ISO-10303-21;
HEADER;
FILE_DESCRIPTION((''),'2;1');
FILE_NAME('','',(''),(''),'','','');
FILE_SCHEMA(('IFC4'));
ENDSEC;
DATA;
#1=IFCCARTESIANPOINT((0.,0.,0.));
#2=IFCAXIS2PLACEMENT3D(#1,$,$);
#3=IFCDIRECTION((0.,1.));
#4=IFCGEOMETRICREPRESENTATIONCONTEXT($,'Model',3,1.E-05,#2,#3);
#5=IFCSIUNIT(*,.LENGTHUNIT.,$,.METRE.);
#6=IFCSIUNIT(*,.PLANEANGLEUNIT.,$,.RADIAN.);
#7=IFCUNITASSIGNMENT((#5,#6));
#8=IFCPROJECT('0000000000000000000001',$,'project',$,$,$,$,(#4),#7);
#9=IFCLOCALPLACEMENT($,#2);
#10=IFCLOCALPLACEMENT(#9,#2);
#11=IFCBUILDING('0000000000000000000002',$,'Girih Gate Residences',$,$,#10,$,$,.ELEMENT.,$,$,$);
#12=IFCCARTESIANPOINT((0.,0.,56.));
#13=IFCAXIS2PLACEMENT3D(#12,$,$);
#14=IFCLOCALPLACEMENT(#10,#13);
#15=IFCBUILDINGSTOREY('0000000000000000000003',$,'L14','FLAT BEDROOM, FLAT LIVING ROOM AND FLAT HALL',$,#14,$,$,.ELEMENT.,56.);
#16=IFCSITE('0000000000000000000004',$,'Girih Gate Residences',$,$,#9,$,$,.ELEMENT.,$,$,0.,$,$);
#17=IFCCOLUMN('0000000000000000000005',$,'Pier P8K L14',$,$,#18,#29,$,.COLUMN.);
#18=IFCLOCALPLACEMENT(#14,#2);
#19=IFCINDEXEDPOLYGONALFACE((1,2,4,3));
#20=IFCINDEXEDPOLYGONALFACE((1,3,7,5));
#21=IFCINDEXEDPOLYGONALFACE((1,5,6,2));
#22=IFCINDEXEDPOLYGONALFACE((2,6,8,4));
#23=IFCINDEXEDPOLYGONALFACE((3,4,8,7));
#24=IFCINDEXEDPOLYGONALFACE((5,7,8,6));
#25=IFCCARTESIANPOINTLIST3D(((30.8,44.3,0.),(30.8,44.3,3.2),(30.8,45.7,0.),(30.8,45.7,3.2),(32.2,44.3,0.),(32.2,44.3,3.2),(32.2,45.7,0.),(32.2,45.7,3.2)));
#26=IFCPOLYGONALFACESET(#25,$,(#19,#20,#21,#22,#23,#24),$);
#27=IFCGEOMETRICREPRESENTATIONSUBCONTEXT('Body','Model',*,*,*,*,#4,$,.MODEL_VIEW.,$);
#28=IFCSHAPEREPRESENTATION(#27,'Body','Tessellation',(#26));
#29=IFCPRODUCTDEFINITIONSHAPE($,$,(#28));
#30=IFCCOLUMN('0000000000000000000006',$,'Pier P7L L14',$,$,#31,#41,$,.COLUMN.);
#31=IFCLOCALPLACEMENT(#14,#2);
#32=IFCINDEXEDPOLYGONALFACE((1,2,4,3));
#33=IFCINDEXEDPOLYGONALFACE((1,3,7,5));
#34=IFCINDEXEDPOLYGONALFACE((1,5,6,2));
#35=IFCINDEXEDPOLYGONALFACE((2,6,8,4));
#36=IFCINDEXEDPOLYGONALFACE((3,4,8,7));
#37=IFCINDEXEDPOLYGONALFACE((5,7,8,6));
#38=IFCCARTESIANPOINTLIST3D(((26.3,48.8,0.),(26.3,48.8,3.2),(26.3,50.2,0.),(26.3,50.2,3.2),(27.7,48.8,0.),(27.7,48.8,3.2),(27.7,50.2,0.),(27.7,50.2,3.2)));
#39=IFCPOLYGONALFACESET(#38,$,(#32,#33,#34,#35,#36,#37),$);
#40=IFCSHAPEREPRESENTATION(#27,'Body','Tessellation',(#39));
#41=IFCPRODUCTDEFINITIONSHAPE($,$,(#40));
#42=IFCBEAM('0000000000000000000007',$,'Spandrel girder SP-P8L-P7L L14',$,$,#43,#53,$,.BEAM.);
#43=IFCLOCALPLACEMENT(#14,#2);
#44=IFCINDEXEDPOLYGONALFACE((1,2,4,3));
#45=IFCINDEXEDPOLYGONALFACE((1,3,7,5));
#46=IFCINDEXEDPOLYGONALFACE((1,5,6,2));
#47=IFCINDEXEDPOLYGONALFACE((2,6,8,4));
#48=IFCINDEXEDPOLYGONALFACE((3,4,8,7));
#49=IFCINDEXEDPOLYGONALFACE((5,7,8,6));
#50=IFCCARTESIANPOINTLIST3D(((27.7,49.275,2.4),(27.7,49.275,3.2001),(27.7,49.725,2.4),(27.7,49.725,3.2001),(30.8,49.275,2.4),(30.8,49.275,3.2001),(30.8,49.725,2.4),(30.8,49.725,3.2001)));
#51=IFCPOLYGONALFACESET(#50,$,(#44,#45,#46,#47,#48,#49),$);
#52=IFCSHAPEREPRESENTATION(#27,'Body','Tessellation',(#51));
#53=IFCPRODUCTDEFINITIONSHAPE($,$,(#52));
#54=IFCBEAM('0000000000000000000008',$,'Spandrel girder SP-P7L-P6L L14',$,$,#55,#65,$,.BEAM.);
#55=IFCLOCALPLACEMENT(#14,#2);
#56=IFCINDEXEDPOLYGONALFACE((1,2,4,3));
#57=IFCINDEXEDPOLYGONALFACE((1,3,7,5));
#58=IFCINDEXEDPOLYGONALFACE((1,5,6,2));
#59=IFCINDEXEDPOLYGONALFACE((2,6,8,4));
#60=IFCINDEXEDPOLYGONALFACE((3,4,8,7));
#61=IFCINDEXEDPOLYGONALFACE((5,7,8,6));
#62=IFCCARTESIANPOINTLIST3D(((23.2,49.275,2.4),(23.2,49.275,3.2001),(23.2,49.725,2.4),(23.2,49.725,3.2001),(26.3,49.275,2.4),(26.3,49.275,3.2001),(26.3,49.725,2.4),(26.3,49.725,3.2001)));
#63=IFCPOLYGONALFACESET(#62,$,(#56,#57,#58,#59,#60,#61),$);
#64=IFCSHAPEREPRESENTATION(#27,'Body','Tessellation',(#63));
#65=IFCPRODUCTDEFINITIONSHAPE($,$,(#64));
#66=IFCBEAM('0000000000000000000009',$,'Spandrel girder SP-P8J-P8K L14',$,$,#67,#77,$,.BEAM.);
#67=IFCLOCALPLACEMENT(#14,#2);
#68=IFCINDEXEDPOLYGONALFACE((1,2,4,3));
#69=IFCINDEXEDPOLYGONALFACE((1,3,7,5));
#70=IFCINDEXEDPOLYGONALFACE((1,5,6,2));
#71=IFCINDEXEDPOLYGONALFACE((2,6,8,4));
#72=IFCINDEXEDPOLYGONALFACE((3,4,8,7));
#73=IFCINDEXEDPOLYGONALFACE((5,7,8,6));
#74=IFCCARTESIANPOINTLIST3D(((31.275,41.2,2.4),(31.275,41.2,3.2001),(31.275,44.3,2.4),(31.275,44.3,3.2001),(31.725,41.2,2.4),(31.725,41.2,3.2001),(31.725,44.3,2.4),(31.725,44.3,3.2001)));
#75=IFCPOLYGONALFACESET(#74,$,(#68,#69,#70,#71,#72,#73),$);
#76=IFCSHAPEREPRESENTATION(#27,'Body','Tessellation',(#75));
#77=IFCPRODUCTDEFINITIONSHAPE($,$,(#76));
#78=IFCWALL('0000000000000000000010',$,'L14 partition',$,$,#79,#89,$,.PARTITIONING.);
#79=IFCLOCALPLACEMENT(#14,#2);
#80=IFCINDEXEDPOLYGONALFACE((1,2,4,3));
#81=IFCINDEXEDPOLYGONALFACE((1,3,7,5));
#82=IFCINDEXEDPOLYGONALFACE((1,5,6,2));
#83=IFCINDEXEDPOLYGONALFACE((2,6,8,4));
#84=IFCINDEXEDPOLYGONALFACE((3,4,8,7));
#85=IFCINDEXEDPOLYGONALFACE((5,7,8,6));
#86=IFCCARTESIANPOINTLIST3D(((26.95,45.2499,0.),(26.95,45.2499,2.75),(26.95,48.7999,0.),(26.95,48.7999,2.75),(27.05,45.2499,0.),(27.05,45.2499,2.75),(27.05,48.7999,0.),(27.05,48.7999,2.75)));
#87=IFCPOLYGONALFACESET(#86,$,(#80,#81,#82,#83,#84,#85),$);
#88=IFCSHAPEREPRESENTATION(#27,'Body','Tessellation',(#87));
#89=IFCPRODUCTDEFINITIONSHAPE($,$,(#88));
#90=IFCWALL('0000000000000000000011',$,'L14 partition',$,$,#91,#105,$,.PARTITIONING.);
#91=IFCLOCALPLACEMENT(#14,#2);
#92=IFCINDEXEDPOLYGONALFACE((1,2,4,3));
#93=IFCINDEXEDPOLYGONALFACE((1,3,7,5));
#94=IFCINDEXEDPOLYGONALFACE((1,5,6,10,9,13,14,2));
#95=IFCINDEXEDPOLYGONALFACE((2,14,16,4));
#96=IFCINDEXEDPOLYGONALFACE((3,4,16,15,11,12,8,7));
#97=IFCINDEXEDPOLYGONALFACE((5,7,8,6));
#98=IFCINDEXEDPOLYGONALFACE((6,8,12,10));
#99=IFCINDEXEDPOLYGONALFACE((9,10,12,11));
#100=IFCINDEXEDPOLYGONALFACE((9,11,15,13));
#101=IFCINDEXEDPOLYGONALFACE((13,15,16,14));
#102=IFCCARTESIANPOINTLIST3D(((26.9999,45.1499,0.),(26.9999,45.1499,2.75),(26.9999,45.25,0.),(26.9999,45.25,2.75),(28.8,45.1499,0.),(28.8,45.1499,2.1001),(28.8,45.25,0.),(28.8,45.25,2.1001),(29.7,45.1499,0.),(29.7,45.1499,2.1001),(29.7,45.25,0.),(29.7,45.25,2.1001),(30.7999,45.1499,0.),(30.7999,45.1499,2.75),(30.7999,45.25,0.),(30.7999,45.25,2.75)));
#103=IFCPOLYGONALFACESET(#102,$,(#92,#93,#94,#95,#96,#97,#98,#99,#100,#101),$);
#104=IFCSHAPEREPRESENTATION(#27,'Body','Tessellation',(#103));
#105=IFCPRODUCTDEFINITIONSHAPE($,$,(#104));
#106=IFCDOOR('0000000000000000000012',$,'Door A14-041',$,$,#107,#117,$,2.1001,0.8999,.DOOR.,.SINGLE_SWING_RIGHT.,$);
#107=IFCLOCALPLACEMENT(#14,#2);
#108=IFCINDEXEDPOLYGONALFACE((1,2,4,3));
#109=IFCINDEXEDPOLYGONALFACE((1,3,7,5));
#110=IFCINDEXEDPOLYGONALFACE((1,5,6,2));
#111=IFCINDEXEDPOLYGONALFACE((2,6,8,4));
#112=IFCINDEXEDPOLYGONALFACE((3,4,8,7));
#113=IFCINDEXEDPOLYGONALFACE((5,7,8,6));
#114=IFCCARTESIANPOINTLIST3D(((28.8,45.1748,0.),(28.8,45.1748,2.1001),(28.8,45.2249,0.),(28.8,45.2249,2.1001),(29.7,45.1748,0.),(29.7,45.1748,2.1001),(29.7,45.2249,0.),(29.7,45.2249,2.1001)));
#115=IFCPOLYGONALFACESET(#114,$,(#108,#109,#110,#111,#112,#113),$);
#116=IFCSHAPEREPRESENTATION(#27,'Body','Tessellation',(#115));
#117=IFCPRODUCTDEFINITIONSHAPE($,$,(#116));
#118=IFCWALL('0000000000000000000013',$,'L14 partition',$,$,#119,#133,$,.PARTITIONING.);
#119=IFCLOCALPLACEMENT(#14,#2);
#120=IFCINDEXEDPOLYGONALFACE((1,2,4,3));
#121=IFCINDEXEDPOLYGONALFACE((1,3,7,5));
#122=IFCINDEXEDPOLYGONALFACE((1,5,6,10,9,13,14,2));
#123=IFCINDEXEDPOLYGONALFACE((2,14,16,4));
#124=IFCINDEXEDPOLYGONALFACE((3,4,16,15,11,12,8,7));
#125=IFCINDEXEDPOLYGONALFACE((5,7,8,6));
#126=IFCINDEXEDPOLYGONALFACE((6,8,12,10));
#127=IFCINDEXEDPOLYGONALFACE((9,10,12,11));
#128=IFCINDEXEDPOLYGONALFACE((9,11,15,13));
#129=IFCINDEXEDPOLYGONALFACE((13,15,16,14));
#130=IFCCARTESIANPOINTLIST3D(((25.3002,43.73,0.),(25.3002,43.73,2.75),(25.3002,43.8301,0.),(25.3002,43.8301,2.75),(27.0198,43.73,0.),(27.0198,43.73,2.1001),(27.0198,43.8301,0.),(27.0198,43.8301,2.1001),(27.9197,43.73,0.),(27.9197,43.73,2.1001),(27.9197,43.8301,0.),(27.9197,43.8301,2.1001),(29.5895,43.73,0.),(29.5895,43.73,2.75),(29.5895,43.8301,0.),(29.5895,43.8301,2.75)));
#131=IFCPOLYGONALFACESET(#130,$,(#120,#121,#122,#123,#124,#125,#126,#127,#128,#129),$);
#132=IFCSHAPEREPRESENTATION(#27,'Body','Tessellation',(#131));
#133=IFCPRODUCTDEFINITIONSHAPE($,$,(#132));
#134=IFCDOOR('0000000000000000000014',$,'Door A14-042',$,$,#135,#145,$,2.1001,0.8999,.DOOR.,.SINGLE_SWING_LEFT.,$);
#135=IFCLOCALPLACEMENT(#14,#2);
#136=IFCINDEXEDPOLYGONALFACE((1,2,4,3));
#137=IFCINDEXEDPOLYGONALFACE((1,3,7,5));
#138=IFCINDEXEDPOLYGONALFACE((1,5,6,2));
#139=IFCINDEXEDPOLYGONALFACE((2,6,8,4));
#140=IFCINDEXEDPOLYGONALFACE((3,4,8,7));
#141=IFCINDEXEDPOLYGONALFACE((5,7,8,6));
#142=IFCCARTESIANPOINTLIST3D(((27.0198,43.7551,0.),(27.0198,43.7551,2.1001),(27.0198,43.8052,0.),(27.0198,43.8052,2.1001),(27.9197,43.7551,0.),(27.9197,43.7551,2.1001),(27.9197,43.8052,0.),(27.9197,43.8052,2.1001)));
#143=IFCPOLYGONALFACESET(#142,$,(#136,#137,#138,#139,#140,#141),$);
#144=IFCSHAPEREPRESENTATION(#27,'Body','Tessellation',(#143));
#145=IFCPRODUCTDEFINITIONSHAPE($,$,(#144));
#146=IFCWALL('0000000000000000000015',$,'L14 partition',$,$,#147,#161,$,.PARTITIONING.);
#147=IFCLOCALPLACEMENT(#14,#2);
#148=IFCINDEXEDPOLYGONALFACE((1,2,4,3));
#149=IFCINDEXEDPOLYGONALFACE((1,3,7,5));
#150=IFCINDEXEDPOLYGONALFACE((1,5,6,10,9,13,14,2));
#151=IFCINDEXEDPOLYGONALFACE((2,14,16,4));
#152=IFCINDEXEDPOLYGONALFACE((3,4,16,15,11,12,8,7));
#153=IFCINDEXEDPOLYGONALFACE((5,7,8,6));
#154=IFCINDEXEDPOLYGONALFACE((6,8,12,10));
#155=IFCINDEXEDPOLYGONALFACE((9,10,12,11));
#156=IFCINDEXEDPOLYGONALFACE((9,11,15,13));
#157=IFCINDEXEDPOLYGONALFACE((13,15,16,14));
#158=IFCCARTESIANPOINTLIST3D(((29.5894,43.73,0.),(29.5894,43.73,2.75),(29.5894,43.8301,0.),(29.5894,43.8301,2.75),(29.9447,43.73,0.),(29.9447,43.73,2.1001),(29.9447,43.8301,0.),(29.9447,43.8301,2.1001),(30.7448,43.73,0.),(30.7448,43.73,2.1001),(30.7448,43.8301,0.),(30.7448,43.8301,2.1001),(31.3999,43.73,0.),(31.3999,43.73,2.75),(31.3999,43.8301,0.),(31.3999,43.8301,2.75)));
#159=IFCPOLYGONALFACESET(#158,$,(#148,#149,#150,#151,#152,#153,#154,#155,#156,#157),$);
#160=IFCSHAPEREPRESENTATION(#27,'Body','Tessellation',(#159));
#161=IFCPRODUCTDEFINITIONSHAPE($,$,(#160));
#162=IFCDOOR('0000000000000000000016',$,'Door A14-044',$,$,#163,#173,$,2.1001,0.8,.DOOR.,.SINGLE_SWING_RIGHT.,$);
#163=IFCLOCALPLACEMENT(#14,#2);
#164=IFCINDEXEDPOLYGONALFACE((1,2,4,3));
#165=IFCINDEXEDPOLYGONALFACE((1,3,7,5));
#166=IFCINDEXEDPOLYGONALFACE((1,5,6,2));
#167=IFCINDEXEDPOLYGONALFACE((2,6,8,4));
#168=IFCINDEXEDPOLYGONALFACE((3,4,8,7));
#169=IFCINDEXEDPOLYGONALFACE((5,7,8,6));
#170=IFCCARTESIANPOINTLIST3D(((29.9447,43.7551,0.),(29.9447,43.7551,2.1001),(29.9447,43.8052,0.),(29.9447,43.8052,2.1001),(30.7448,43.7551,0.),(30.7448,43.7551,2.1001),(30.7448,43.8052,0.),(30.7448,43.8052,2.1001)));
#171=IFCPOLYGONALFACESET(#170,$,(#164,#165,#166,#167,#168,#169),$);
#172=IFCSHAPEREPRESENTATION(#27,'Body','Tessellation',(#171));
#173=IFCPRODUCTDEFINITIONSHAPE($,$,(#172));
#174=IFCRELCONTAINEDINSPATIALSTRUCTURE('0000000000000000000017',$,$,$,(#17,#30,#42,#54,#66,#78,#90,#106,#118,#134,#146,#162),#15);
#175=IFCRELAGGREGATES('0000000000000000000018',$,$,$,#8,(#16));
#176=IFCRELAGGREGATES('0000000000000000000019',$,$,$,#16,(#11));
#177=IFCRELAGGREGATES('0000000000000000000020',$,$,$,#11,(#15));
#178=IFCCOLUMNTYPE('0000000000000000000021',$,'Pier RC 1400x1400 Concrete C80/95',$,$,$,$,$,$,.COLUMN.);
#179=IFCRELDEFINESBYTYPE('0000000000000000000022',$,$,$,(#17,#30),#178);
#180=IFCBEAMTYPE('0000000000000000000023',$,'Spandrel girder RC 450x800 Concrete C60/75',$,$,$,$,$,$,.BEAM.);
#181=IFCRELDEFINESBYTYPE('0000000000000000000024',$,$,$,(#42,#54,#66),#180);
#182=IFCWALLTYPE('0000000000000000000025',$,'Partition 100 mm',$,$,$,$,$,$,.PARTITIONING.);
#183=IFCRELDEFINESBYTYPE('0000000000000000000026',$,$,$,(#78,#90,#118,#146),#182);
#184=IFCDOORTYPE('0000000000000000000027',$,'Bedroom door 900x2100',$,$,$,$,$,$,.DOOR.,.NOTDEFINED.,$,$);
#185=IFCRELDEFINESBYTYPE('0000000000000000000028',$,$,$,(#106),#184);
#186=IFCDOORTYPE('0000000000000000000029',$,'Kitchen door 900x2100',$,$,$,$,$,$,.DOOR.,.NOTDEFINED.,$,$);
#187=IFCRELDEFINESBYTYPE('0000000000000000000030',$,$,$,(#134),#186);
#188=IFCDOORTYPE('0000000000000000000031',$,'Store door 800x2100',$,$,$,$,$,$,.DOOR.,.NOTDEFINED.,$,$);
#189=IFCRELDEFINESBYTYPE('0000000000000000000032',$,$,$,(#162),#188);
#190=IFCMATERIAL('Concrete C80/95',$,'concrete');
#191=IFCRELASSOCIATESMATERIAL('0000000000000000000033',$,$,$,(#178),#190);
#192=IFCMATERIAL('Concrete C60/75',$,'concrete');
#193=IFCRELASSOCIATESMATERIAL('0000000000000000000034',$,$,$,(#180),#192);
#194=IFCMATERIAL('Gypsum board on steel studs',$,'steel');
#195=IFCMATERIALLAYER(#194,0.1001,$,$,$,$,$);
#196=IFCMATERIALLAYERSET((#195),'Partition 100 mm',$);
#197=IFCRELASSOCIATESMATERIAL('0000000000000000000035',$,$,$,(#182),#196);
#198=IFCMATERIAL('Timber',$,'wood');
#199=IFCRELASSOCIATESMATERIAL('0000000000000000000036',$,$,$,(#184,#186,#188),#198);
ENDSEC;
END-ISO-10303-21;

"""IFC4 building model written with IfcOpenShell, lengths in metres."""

from ifc_helpers import new_model, si_unit, direction, frame, frame_2d, origin, origin_2d, place, context, subcontext, project, spatial, rectangle, extrude, material, layer, layer_set, material_profile, profile_set, type_object, element, fill, save


model = new_model("IFC4")

# Units and contexts
model_context = context("Model", 3, precision=1e-05, world=origin(), true_north=direction((0.0, 1.0)))
body_context = subcontext(model_context, "Body", "Model", "MODEL_VIEW")
ifc_project = project(units=[si_unit("LENGTHUNIT", "METRE"), si_unit("PLANEANGLEUNIT", "RADIAN")], contexts=[model_context])

# Site, building, storey
site_placement = place(None, origin())
site = spatial("IfcSite", under=ifc_project, at=site_placement, Name="Girih Gate Residences", CompositionType="ELEMENT", RefElevation=0.0)
building_placement = place(site_placement, origin())
building = spatial("IfcBuilding", under=site, at=building_placement, Name="Girih Gate Residences", CompositionType="ELEMENT")
storey_placement = place(building_placement, frame((0.0, 0.0, 56.0)))
storey = spatial("IfcBuildingStorey", under=building, at=storey_placement, Name="L14", Description="FLAT BEDROOM, FLAT LIVING ROOM AND FLAT HALL", CompositionType="ELEMENT", Elevation=56.0)

# Columns
ifc_material_1 = material(Name="Concrete C80/95", Category="concrete")
ifc_material_profile_1 = material_profile(ifc_material_1, rectangle(XDim=1.3999, YDim=1.3999, at=origin_2d()))
ifc_profile_set_1 = profile_set([ifc_material_profile_1], Name="Concrete C80/95")
column_type = type_object("IfcColumnType", Name="Pier RC 1400x1400 Concrete C80/95", PredefinedType="COLUMN", material=ifc_profile_set_1)
for number, where, z_axis, x_axis, name in (
    (1, (31.5, 45.0, 0.0), (0.0, 0.0, 1.0), (1.0, 0.0, 0.0), "Pier P8K L14"),
    (2, (27.0, 49.5, 0.0), (0.0, 0.0, 1.0), (1.0, 0.0, 0.0), "Pier P7L L14"),
):
    element("IfcColumn", number, at=place(storey_placement, frame(where, z_axis=z_axis, x_axis=x_axis)), inside=storey, type_object=column_type, Name=name, PredefinedType="COLUMN", context=body_context, shape_type="SweptSolid", body=[
        extrude(rectangle(XDim=1.3999, YDim=1.3999, at=origin_2d()), origin(), (0.0, 0.0, 1.0), 3.2),
    ])

# Beams
ifc_material_2 = material(Name="Concrete C60/75", Category="concrete")
ifc_material_profile_2 = material_profile(ifc_material_2, rectangle(XDim=0.45, YDim=0.8, at=origin_2d()))
ifc_profile_set_2 = profile_set([ifc_material_profile_2], Name="Concrete C60/75")
beam_type = type_object("IfcBeamType", Name="Spandrel girder RC 450x800 Concrete C60/75", PredefinedType="BEAM", material=ifc_profile_set_2)
for number, where, z_axis, x_axis, name in (
    (3, (30.8, 49.5, 2.8), (-1.0, 0.0, 0.0), (0.0, -1.0, 0.0), "Spandrel girder SP-P8L-P7L L14"),
    (4, (26.3, 49.5, 2.8), (-1.0, 0.0, 0.0), (0.0, -1.0, 0.0), "Spandrel girder SP-P7L-P6L L14"),
    (5, (31.5, 41.2, 2.8), (0.0, 1.0, 0.0), (-1.0, 0.0, 0.0), "Spandrel girder SP-P8J-P8K L14"),
):
    element("IfcBeam", number, at=place(storey_placement, frame(where, z_axis=z_axis, x_axis=x_axis)), inside=storey, type_object=beam_type, Name=name, PredefinedType="BEAM", context=body_context, shape_type="SweptSolid", body=[
        extrude(rectangle(XDim=0.45, YDim=0.8, at=origin_2d()), origin(), (0.0, 0.0, 1.0), 3.1001),
    ])

# Wall
ifc_material_3 = material(Name="Gypsum board on steel studs", Category="steel")
ifc_layer_1 = layer(ifc_material_3, 0.1001)
ifc_layer_set_1 = layer_set([ifc_layer_1], Name="Partition 100 mm")
wall_type_1 = type_object("IfcWallType", Name="Partition 100 mm", PredefinedType="PARTITIONING", material=ifc_layer_set_1)
wall_1_placement = place(storey_placement, frame((27.0, 45.25, 0.0), z_axis=(0.0, 0.0, 1.0), x_axis=(0.0, 1.0, 0.0)))
element("IfcWall", 6, at=wall_1_placement, inside=storey, type_object=wall_type_1, Name="L14 partition", PredefinedType="PARTITIONING", context=body_context, shape_type="SweptSolid", body=[
    extrude(rectangle(XDim=3.55, YDim=0.1001, at=frame_2d((1.7749, 0.0))), origin(), (0.0, 0.0, 1.0), 2.75),
])

# Walls, openings, doors
wall_2_placement = place(storey_placement, frame((27.0, 45.2, 0.0), z_axis=(0.0, 0.0, 1.0), x_axis=(1.0, 0.0, 0.0)))
wall_2 = element("IfcWall", 7, at=wall_2_placement, inside=storey, type_object=wall_type_1, Name="L14 partition", PredefinedType="PARTITIONING", context=body_context, shape_type="SweptSolid", body=[
    extrude(rectangle(XDim=3.8, YDim=0.1001, at=frame_2d((1.8999, 0.0))), origin(), (0.0, 0.0, 1.0), 2.75),
])
opening_1_placement = place(wall_2_placement, frame((1.8, 0.0, 0.0)))
opening_1 = element("IfcOpeningElement", 8, at=opening_1_placement, cuts=wall_2, PredefinedType="OPENING", context=body_context, shape_type="SweptSolid", body=[
    extrude(rectangle(XDim=0.8999, YDim=2.1001, at=frame_2d((0.45, 1.05))), frame((0.0, 0.0601, 0.0), z_axis=(0.0, -1.0, 0.0), x_axis=(1.0, 0.0, 0.0)), (0.0, 0.0, 1.0), 0.1201),
])
ifc_material_4 = material(Name="Timber", Category="wood")
door_type_1 = type_object("IfcDoorType", Name="Bedroom door 900x2100", OperationType="NOTDEFINED", PredefinedType="DOOR", material=ifc_material_4)
door_1_placement = place(opening_1_placement, origin())
door_1 = element("IfcDoor", 9, at=door_1_placement, inside=storey, type_object=door_type_1, Name="Door A14-041", OperationType="SINGLE_SWING_RIGHT", OverallHeight=2.1001, OverallWidth=0.8999, PredefinedType="DOOR", context=body_context, shape_type="SweptSolid", body=[
    extrude(rectangle(XDim=0.8999, YDim=2.1001, at=frame_2d((0.45, 1.05))), frame((0.0, 0.0249, 0.0), z_axis=(0.0, -1.0, 0.0), x_axis=(1.0, 0.0, 0.0)), (0.0, 0.0, 1.0), 0.05),
])
fill(opening_1, door_1)
wall_3_placement = place(storey_placement, frame((29.5894, 43.78, 0.0), z_axis=(0.0, 0.0, 1.0), x_axis=(-1.0, 0.0, 0.0)))
wall_3 = element("IfcWall", 10, at=wall_3_placement, inside=storey, type_object=wall_type_1, Name="L14 partition", PredefinedType="PARTITIONING", context=body_context, shape_type="SweptSolid", body=[
    extrude(rectangle(XDim=4.2893, YDim=0.1001, at=frame_2d((2.1445, 0.0))), origin(), (0.0, 0.0, 1.0), 2.75),
])
opening_2_placement = place(wall_3_placement, frame((1.6697, 0.0, 0.0)))
opening_2 = element("IfcOpeningElement", 11, at=opening_2_placement, cuts=wall_3, PredefinedType="OPENING", context=body_context, shape_type="SweptSolid", body=[
    extrude(rectangle(XDim=0.8999, YDim=2.1001, at=frame_2d((0.45, 1.05))), frame((0.0, 0.0601, 0.0), z_axis=(0.0, -1.0, 0.0), x_axis=(1.0, 0.0, 0.0)), (0.0, 0.0, 1.0), 0.1201),
])
door_type_2 = type_object("IfcDoorType", Name="Kitchen door 900x2100", OperationType="NOTDEFINED", PredefinedType="DOOR", material=ifc_material_4)
door_2_placement = place(opening_2_placement, origin())
door_2 = element("IfcDoor", 12, at=door_2_placement, inside=storey, type_object=door_type_2, Name="Door A14-042", OperationType="SINGLE_SWING_LEFT", OverallHeight=2.1001, OverallWidth=0.8999, PredefinedType="DOOR", context=body_context, shape_type="SweptSolid", body=[
    extrude(rectangle(XDim=0.8999, YDim=2.1001, at=frame_2d((0.45, 1.05))), frame((0.0, 0.0249, 0.0), z_axis=(0.0, -1.0, 0.0), x_axis=(1.0, 0.0, 0.0)), (0.0, 0.0, 1.0), 0.05),
])
fill(opening_2, door_2)
wall_4_placement = place(storey_placement, frame((31.3999, 43.78, 0.0), z_axis=(0.0, 0.0, 1.0), x_axis=(-1.0, 0.0, 0.0)))
wall_4 = element("IfcWall", 13, at=wall_4_placement, inside=storey, type_object=wall_type_1, Name="L14 partition", PredefinedType="PARTITIONING", context=body_context, shape_type="SweptSolid", body=[
    extrude(rectangle(XDim=1.8105, YDim=0.1001, at=frame_2d((0.9053, 0.0))), origin(), (0.0, 0.0, 1.0), 2.75),
])
opening_3_placement = place(wall_4_placement, frame((0.6553, 0.0, 0.0)))
opening_3 = element("IfcOpeningElement", 14, at=opening_3_placement, cuts=wall_4, PredefinedType="OPENING", context=body_context, shape_type="SweptSolid", body=[
    extrude(rectangle(XDim=0.8, YDim=2.1001, at=frame_2d((0.3999, 1.05))), frame((0.0, 0.0601, 0.0), z_axis=(0.0, -1.0, 0.0), x_axis=(1.0, 0.0, 0.0)), (0.0, 0.0, 1.0), 0.1201),
])
door_type_3 = type_object("IfcDoorType", Name="Store door 800x2100", OperationType="NOTDEFINED", PredefinedType="DOOR", material=ifc_material_4)
door_3_placement = place(opening_3_placement, origin())
door_3 = element("IfcDoor", 15, at=door_3_placement, inside=storey, type_object=door_type_3, Name="Door A14-044", OperationType="SINGLE_SWING_RIGHT", OverallHeight=2.1001, OverallWidth=0.8, PredefinedType="DOOR", context=body_context, shape_type="SweptSolid", body=[
    extrude(rectangle(XDim=0.8, YDim=2.1001, at=frame_2d((0.3999, 1.05))), frame((0.0, 0.0249, 0.0), z_axis=(0.0, -1.0, 0.0), x_axis=(1.0, 0.0, 0.0)), (0.0, 0.0, 1.0), 0.05),
])
fill(opening_3, door_3)

save(model, "model.ifc")
